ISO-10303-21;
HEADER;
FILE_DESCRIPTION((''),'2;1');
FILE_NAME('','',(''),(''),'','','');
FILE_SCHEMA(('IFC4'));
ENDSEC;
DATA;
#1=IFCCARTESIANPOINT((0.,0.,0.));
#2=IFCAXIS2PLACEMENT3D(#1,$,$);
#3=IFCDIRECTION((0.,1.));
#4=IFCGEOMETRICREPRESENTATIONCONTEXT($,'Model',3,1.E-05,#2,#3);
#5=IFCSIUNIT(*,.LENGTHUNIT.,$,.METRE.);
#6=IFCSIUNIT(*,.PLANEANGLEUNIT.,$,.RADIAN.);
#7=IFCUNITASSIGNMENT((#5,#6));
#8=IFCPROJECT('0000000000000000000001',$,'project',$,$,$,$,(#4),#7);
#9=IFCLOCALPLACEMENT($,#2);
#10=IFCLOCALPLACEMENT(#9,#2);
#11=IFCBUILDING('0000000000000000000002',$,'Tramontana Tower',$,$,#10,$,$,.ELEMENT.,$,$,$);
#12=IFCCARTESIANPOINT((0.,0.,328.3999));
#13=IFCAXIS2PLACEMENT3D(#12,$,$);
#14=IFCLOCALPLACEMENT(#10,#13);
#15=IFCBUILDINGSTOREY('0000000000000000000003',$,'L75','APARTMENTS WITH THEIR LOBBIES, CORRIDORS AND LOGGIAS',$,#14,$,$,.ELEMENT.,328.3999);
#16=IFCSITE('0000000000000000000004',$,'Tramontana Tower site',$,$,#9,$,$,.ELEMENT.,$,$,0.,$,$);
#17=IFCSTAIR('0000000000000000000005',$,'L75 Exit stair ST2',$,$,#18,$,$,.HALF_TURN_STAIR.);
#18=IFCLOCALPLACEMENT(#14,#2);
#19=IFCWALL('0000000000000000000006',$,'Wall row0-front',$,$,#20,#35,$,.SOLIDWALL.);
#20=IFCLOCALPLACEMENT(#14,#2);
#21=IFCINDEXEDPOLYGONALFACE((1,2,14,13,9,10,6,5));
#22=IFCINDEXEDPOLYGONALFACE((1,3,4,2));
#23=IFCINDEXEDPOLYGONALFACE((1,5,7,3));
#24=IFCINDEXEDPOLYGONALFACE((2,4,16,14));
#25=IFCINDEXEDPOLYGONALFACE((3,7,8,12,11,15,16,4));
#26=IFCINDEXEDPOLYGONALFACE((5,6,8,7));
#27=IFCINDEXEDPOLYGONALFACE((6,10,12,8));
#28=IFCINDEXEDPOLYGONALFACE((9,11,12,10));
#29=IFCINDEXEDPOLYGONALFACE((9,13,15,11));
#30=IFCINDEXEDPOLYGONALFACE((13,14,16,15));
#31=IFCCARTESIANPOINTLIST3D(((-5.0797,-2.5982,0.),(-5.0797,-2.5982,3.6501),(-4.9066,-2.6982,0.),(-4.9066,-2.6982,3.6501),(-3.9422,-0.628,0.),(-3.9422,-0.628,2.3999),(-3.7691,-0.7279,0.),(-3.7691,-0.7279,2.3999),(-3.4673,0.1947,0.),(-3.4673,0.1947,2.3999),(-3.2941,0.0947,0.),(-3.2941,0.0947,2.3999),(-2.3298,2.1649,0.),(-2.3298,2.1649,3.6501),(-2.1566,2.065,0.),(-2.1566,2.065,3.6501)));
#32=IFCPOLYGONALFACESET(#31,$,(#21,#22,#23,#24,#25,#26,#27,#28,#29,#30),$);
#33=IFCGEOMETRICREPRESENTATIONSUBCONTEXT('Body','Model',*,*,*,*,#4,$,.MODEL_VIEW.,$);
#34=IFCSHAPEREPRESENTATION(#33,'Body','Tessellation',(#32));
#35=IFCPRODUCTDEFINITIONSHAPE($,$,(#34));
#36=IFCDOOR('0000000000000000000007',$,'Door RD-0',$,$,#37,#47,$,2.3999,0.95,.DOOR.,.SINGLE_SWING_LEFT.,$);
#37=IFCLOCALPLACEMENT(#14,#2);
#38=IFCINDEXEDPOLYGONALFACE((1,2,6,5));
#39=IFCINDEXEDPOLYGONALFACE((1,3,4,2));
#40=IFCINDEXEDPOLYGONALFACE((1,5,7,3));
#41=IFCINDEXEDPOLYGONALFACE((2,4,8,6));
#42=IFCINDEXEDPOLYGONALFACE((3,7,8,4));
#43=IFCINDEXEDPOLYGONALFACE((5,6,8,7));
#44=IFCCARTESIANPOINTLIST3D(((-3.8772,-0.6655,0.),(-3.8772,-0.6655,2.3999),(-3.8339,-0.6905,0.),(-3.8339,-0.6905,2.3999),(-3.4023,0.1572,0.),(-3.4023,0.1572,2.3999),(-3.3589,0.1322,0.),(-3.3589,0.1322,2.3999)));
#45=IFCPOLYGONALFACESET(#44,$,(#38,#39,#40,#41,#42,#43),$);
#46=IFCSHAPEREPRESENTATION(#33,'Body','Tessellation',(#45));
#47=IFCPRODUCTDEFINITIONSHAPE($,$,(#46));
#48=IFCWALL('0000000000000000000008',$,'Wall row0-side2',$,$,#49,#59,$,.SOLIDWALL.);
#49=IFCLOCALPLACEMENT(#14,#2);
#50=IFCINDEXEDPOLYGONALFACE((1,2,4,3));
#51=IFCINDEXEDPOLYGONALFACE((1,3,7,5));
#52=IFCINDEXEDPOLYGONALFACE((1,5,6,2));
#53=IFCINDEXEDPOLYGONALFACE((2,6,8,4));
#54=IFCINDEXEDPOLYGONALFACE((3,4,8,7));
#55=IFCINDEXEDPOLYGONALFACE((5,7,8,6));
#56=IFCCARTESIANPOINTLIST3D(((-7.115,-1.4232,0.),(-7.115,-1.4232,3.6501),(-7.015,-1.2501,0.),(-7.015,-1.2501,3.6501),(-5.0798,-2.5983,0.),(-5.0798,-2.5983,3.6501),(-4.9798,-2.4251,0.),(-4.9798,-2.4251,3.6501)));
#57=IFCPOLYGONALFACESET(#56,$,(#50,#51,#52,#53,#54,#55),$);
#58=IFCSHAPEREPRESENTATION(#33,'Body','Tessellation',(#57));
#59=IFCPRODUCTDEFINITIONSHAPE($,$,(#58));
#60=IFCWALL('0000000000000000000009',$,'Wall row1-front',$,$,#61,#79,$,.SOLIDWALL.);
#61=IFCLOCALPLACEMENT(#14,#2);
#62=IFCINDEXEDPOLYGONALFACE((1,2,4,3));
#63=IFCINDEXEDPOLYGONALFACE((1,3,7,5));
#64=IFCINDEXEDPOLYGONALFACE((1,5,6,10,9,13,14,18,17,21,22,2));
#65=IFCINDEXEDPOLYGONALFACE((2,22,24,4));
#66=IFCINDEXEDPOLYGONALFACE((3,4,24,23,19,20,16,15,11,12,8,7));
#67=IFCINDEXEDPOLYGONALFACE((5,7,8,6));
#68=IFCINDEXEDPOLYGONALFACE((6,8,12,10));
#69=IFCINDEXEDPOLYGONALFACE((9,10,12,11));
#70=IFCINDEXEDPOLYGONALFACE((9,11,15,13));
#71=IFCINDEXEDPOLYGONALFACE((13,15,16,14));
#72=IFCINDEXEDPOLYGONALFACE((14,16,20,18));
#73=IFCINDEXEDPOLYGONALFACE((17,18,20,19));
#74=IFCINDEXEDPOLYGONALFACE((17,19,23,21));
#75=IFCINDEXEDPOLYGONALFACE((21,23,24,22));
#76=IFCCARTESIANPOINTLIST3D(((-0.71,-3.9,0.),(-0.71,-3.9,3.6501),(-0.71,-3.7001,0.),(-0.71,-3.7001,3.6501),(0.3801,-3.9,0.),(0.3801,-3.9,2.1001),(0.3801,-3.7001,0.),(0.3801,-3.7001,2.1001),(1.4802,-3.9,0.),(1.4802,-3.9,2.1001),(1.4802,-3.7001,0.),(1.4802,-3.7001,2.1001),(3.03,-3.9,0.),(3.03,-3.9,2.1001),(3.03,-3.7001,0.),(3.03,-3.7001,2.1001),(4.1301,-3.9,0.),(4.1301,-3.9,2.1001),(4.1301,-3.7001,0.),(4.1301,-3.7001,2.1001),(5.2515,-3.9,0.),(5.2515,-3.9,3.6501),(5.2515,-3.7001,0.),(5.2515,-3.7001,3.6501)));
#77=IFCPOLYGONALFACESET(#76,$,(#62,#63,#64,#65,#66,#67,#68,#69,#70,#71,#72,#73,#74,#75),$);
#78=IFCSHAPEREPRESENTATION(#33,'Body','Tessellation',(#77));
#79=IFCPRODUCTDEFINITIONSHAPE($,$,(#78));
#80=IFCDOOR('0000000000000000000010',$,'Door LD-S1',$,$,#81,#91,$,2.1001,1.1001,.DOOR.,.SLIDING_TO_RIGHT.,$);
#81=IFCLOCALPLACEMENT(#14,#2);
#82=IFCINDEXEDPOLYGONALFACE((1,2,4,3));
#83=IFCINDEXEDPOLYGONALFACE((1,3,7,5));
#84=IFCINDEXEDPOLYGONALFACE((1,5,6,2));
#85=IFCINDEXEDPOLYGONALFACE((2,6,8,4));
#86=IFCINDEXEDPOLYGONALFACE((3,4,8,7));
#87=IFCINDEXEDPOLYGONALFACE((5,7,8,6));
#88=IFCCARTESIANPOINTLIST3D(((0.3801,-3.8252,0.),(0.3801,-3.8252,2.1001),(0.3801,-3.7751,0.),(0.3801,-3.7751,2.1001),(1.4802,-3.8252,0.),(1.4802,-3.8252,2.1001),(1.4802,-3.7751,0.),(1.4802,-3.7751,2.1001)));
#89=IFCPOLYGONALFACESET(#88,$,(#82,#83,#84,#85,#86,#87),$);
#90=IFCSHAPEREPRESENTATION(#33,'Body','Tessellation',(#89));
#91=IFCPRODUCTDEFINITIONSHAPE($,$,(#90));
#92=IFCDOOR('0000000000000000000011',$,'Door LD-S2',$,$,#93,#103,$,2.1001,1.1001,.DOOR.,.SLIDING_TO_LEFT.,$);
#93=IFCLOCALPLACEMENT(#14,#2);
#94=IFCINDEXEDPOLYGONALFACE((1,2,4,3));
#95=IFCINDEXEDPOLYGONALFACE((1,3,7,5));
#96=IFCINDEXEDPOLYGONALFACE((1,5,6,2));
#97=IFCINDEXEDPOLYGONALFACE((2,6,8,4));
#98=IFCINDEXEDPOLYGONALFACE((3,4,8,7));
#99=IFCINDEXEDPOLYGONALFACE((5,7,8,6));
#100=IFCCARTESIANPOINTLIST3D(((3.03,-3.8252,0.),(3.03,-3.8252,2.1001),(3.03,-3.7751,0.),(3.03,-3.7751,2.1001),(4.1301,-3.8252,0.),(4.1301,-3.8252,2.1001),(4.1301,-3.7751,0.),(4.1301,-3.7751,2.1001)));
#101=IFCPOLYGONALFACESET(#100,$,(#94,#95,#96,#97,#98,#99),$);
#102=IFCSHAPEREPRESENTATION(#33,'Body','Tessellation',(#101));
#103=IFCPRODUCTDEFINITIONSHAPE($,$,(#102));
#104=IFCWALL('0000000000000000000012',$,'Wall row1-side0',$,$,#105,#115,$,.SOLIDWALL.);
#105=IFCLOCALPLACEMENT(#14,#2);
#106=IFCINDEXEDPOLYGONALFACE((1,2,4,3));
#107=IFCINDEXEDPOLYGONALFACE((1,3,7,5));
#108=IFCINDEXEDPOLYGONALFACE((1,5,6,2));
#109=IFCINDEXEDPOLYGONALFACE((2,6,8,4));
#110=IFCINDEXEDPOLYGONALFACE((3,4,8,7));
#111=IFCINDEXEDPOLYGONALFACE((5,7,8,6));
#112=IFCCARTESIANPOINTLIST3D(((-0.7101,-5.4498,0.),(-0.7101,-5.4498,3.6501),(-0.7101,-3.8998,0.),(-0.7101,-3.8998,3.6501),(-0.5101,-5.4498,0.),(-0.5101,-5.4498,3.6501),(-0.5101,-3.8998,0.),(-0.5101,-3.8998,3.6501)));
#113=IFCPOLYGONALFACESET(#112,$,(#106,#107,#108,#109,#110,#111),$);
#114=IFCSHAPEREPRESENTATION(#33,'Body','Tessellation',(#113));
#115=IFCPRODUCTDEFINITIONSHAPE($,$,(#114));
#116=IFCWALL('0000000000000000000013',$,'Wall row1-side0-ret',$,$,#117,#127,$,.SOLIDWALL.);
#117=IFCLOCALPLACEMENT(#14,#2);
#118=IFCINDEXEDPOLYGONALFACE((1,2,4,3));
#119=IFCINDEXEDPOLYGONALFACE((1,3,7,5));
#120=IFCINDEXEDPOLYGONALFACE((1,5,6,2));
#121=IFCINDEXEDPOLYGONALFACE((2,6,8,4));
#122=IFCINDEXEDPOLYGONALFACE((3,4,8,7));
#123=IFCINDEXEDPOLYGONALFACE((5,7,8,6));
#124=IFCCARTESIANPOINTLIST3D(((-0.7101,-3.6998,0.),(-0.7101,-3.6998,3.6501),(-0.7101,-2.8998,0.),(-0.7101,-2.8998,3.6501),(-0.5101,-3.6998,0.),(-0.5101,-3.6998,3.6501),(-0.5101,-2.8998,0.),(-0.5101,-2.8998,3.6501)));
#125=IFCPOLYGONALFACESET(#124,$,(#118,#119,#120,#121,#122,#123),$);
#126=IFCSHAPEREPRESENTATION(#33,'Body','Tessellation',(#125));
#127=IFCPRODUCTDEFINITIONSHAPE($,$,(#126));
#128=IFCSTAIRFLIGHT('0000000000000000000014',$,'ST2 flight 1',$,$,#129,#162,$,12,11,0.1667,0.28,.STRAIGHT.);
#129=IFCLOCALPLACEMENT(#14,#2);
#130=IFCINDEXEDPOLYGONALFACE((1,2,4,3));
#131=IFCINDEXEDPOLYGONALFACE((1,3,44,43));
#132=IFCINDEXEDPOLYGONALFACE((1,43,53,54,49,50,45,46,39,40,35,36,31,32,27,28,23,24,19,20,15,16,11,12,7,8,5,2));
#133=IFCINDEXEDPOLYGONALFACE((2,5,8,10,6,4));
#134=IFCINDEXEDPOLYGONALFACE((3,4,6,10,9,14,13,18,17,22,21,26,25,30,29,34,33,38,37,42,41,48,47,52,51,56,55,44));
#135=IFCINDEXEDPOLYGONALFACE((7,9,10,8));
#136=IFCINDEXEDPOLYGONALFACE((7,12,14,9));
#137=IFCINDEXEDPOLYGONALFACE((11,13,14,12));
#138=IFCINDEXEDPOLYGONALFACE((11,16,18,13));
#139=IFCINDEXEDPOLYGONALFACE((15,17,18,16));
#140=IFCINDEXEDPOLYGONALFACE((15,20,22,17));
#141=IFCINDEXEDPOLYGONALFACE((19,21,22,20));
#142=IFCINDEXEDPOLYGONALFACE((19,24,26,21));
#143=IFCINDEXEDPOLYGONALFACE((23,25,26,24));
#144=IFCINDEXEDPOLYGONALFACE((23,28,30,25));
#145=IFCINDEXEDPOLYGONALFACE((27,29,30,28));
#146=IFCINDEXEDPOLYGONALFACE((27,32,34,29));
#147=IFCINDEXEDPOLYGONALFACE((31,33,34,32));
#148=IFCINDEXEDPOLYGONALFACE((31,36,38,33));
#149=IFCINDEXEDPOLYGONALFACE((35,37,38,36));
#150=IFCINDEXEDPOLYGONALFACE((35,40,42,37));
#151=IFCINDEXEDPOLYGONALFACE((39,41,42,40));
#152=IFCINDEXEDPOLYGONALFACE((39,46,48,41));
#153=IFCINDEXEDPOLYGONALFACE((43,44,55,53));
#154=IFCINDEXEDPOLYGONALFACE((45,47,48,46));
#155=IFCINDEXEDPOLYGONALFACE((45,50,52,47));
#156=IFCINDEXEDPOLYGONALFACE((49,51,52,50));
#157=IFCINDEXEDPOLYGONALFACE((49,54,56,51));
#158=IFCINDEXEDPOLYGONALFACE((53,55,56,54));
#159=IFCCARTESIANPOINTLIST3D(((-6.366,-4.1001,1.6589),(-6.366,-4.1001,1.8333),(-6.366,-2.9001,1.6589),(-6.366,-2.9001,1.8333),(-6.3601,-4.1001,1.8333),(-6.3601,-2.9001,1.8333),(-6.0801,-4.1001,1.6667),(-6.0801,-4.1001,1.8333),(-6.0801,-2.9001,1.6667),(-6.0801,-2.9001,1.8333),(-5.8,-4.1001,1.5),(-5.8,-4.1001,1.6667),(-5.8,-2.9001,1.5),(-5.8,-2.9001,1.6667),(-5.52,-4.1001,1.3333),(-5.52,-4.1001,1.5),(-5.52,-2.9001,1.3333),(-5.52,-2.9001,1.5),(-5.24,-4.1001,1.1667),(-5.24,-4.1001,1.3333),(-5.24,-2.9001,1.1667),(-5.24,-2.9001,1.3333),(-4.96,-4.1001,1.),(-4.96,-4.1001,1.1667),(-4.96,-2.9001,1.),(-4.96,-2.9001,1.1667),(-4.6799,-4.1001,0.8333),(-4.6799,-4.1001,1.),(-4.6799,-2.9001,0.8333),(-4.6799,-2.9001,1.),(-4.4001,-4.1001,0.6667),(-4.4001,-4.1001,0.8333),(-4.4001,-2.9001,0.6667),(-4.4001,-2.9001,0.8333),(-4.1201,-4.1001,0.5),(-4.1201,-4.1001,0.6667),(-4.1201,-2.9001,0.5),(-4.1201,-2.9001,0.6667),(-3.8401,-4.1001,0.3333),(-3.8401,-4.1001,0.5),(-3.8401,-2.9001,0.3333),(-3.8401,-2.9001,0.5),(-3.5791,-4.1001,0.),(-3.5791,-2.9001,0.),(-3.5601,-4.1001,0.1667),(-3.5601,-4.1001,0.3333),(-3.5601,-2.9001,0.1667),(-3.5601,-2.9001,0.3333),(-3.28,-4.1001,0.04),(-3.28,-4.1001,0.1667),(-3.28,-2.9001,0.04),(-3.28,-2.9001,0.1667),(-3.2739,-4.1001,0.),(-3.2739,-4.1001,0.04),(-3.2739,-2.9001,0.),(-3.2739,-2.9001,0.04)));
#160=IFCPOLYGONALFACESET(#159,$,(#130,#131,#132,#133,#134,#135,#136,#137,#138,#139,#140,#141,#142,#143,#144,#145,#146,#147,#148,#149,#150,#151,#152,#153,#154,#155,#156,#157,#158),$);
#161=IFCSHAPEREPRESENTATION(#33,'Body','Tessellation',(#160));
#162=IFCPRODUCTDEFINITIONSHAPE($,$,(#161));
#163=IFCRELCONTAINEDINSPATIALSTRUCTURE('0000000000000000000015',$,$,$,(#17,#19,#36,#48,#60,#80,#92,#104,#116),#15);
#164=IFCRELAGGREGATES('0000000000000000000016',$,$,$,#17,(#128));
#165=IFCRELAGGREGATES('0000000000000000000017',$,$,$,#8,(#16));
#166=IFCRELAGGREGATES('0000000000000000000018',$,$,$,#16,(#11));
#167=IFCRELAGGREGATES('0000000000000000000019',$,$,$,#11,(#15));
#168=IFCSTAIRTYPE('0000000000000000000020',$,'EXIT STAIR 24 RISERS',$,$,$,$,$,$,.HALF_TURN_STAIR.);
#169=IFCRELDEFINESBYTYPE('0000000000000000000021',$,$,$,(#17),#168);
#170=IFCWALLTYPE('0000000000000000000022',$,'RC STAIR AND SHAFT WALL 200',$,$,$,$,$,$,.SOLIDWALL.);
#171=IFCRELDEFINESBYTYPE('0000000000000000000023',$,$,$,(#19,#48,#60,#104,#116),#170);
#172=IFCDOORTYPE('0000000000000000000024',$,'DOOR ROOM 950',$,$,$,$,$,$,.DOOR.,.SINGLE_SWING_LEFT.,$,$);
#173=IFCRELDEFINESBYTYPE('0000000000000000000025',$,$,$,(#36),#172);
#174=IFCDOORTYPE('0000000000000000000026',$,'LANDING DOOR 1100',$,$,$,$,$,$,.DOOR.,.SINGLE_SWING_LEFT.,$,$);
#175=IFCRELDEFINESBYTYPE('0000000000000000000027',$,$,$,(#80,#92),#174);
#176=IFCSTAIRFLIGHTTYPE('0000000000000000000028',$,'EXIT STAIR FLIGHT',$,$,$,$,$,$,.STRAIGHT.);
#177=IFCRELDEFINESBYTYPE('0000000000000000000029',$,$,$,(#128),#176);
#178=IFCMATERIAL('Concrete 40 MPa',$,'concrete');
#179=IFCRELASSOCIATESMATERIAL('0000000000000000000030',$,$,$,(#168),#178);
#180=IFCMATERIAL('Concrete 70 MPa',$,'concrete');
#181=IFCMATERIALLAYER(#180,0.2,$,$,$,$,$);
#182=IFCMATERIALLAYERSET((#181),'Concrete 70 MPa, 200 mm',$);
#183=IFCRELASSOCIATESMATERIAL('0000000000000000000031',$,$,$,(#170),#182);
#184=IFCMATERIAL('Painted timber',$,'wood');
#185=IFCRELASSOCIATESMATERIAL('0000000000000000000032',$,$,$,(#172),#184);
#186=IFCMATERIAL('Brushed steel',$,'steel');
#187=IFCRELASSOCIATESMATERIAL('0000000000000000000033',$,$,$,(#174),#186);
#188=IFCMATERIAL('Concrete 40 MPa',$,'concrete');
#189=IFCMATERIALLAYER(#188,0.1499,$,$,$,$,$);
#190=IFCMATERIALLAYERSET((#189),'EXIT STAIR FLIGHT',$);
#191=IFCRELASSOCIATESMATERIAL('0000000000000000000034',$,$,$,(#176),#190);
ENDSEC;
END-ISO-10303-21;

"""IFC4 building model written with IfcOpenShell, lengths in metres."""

from ifc_helpers import new_model, si_unit, direction, frame, frame_2d, origin, place, context, subcontext, project, spatial, polyline, rectangle, outline, extrude, material, layer, layer_set, type_object, element, fill, aggregate, save


model = new_model("IFC4")

# Units and contexts
model_context = context("Model", 3, precision=1e-05, world=origin(), true_north=direction((0.0, 1.0)))
body_context = subcontext(model_context, "Body", "Model", "MODEL_VIEW")
ifc_project = project(units=[si_unit("LENGTHUNIT", "METRE"), si_unit("PLANEANGLEUNIT", "RADIAN")], contexts=[model_context])

# Site, building, storey
site_placement = place(None, origin())
site = spatial("IfcSite", under=ifc_project, at=site_placement, Name="Tramontana Tower site", CompositionType="ELEMENT", RefElevation=0.0)
building_placement = place(site_placement, origin())
building = spatial("IfcBuilding", under=site, at=building_placement, Name="Tramontana Tower", CompositionType="ELEMENT")
storey_placement = place(building_placement, frame((0.0, 0.0, 328.3999)))
storey = spatial("IfcBuildingStorey", under=building, at=storey_placement, Name="L75", Description="APARTMENTS WITH THEIR LOBBIES, CORRIDORS AND LOGGIAS", CompositionType="ELEMENT", Elevation=328.3999)

# Stair
ifc_material_1 = material(Name="Concrete 40 MPa", Category="concrete")
stair_type = type_object("IfcStairType", Name="EXIT STAIR 24 RISERS", PredefinedType="HALF_TURN_STAIR", material=ifc_material_1)
stair_1_placement = place(storey_placement, origin())
stair_1 = element("IfcStair", 1, at=stair_1_placement, inside=storey, type_object=stair_type, Name="L75 Exit stair ST2", PredefinedType="HALF_TURN_STAIR")

# Wall, opening, door
ifc_material_2 = material(Name="Concrete 70 MPa", Category="concrete")
ifc_layer_1 = layer(ifc_material_2, 0.2)
ifc_layer_set_1 = layer_set([ifc_layer_1], Name="Concrete 70 MPa, 200 mm")
wall_type_1 = type_object("IfcWallType", Name="RC STAIR AND SHAFT WALL 200", PredefinedType="SOLIDWALL", material=ifc_layer_set_1)
wall_1_placement = place(storey_placement, frame((-4.9932, -2.6482, 0.0), z_axis=(0.0, 0.0, 1.0), x_axis=(0.499997, 0.866027, 0.0)))
wall_1 = element("IfcWall", 2, at=wall_1_placement, inside=storey, type_object=wall_type_1, Name="Wall row0-front", PredefinedType="SOLIDWALL", context=body_context, shape_type="SweptSolid", body=[
    extrude(rectangle(XDim=5.5, YDim=0.2, at=frame_2d((2.75, 0.0))), origin(), (0.0, 0.0, 1.0), 3.6501),
])
opening_1_placement = place(wall_1_placement, frame((2.2749, 0.0, 0.0)))
opening_1 = element("IfcOpeningElement", 3, at=opening_1_placement, cuts=wall_1, PredefinedType="OPENING", context=body_context, shape_type="SweptSolid", body=[
    extrude(rectangle(XDim=0.95, YDim=2.3999, at=frame_2d((0.4751, 1.2))), frame((0.0, 0.1099, 0.0), z_axis=(0.0, -1.0, 0.0), x_axis=(1.0, 0.0, 0.0)), (0.0, 0.0, 1.0), 0.22),
])
ifc_material_3 = material(Name="Painted timber", Category="wood")
door_type_1 = type_object("IfcDoorType", Name="DOOR ROOM 950", OperationType="SINGLE_SWING_LEFT", PredefinedType="DOOR", material=ifc_material_3)
door_1_placement = place(opening_1_placement, origin())
door_1 = element("IfcDoor", 4, at=door_1_placement, inside=storey, type_object=door_type_1, Name="Door RD-0", OperationType="SINGLE_SWING_LEFT", OverallHeight=2.3999, OverallWidth=0.95, PredefinedType="DOOR", context=body_context, shape_type="SweptSolid", body=[
    extrude(rectangle(XDim=0.95, YDim=2.3999, at=frame_2d((0.4751, 1.2))), frame((0.0, 0.0249, 0.0), z_axis=(0.0, -1.0, 0.0), x_axis=(1.0, 0.0, 0.0)), (0.0, 0.0, 1.0), 0.05),
])
fill(opening_1, door_1)

# Wall
wall_2_placement = place(storey_placement, frame((-5.0298, -2.5117, 0.0), z_axis=(0.0, 0.0, 1.0), x_axis=(-0.866016, 0.500016, 0.0)))
element("IfcWall", 5, at=wall_2_placement, inside=storey, type_object=wall_type_1, Name="Wall row0-side2", PredefinedType="SOLIDWALL", context=body_context, shape_type="SweptSolid", body=[
    extrude(rectangle(XDim=2.3501, YDim=0.2, at=frame_2d((1.175, 0.0))), origin(), (0.0, 0.0, 1.0), 3.6501),
])

# Wall, openings, doors
wall_3_placement = place(storey_placement, frame((-0.71, -3.8, 0.0), z_axis=(0.0, 0.0, 1.0), x_axis=(1.0, 0.0, 0.0)))
wall_3 = element("IfcWall", 6, at=wall_3_placement, inside=storey, type_object=wall_type_1, Name="Wall row1-front", PredefinedType="SOLIDWALL", context=body_context, shape_type="SweptSolid", body=[
    extrude(rectangle(XDim=5.9614, YDim=0.2, at=frame_2d((2.9807, 0.0))), origin(), (0.0, 0.0, 1.0), 3.6501),
])
opening_2_placement = place(wall_3_placement, frame((1.0901, 0.0, 0.0)))
opening_2 = element("IfcOpeningElement", 7, at=opening_2_placement, cuts=wall_3, PredefinedType="OPENING", context=body_context, shape_type="SweptSolid", body=[
    extrude(rectangle(XDim=1.1001, YDim=2.1001, at=frame_2d((0.55, 1.05))), frame((0.0, 0.1099, 0.0), z_axis=(0.0, -1.0, 0.0), x_axis=(1.0, 0.0, 0.0)), (0.0, 0.0, 1.0), 0.22),
])
opening_3_placement = place(wall_3_placement, frame((3.74, 0.0, 0.0)))
opening_3 = element("IfcOpeningElement", 8, at=opening_3_placement, cuts=wall_3, PredefinedType="OPENING", context=body_context, shape_type="SweptSolid", body=[
    extrude(rectangle(XDim=1.1001, YDim=2.1001, at=frame_2d((0.55, 1.05))), frame((0.0, 0.1099, 0.0), z_axis=(0.0, -1.0, 0.0), x_axis=(1.0, 0.0, 0.0)), (0.0, 0.0, 1.0), 0.22),
])
ifc_material_4 = material(Name="Brushed steel", Category="steel")
door_type_2 = type_object("IfcDoorType", Name="LANDING DOOR 1100", OperationType="SINGLE_SWING_LEFT", PredefinedType="DOOR", material=ifc_material_4)
door_2_placement = place(opening_2_placement, origin())
door_2 = element("IfcDoor", 9, at=door_2_placement, inside=storey, type_object=door_type_2, Name="Door LD-S1", OperationType="SLIDING_TO_RIGHT", OverallHeight=2.1001, OverallWidth=1.1001, PredefinedType="DOOR", context=body_context, shape_type="SweptSolid", body=[
    extrude(rectangle(XDim=1.1001, YDim=2.1001, at=frame_2d((0.55, 1.05))), frame((0.0, 0.0249, 0.0), z_axis=(0.0, -1.0, 0.0), x_axis=(1.0, 0.0, 0.0)), (0.0, 0.0, 1.0), 0.05),
])
fill(opening_2, door_2)
door_3_placement = place(opening_3_placement, origin())
door_3 = element("IfcDoor", 10, at=door_3_placement, inside=storey, type_object=door_type_2, Name="Door LD-S2", OperationType="SLIDING_TO_LEFT", OverallHeight=2.1001, OverallWidth=1.1001, PredefinedType="DOOR", context=body_context, shape_type="SweptSolid", body=[
    extrude(rectangle(XDim=1.1001, YDim=2.1001, at=frame_2d((0.55, 1.05))), frame((0.0, 0.0249, 0.0), z_axis=(0.0, -1.0, 0.0), x_axis=(1.0, 0.0, 0.0)), (0.0, 0.0, 1.0), 0.05),
])
fill(opening_3, door_3)

# Walls
wall_4_placement = place(storey_placement, frame((-0.6101, -3.8999, 0.0), z_axis=(0.0, 0.0, 1.0), x_axis=(0.0, -1.0, 0.0)))
element("IfcWall", 11, at=wall_4_placement, inside=storey, type_object=wall_type_1, Name="Wall row1-side0", PredefinedType="SOLIDWALL", context=body_context, shape_type="SweptSolid", body=[
    extrude(rectangle(XDim=1.55, YDim=0.2, at=frame_2d((0.7749, 0.0))), origin(), (0.0, 0.0, 1.0), 3.6501),
])
wall_5_placement = place(storey_placement, frame((-0.6101, -2.8999, 0.0), z_axis=(0.0, 0.0, 1.0), x_axis=(0.0, -1.0, 0.0)))
element("IfcWall", 12, at=wall_5_placement, inside=storey, type_object=wall_type_1, Name="Wall row1-side0-ret", PredefinedType="SOLIDWALL", context=body_context, shape_type="SweptSolid", body=[
    extrude(rectangle(XDim=0.8, YDim=0.2, at=frame_2d((0.3999, 0.0))), origin(), (0.0, 0.0, 1.0), 3.6501),
])

# Stair flight
ifc_material_5 = material(Name="Concrete 40 MPa", Category="concrete")
ifc_layer_2 = layer(ifc_material_5, 0.1499)
ifc_layer_set_2 = layer_set([ifc_layer_2], Name="EXIT STAIR FLIGHT")
stair_flight_type = type_object("IfcStairFlightType", Name="EXIT STAIR FLIGHT", PredefinedType="STRAIGHT", material=ifc_layer_set_2)
stair_flight_1_placement = place(storey_placement, frame((-3.28, -3.5, 0.0), z_axis=(0.0, 0.0, 1.0), x_axis=(-1.0, 0.0, 0.0)))
stair_flight_1 = element("IfcStairFlight", 13, at=stair_flight_1_placement, type_object=stair_flight_type, Name="ST2 flight 1", NumberOfRisers=12, NumberOfTreads=11, PredefinedType="STRAIGHT", RiserHeight=0.1667, TreadLength=0.28, context=body_context, shape_type="SweptSolid", body=[
    extrude(outline(polyline([(-0.0061, 0.0), (-0.0061, 0.04), (0.0, 0.04), (0.0, 0.1667), (0.28, 0.1667), (0.28, 0.3333), (0.5601, 0.3333), (0.5601, 0.5), (0.8401, 0.5), (0.8401, 0.6667), (1.1201, 0.6667), (1.1201, 0.8333), (1.3999, 0.8333), (1.3999, 1.0), (1.6799, 1.0), (1.6799, 1.1667), (1.96, 1.1667), (1.96, 1.3333), (2.24, 1.3333), (2.24, 1.5), (2.52, 1.5), (2.52, 1.6667), (2.8, 1.6667), (2.8, 1.8333), (3.0801, 1.8333), (3.0859, 1.8333), (3.0859, 1.6589), (0.2991, 0.0), (-0.0061, 0.0)])), frame((0.0, 0.6001, 0.0), z_axis=(0.0, -1.0, 0.0), x_axis=(1.0, 0.0, 0.0)), (0.0, 0.0, 1.0), 1.2),
])
aggregate(stair_1, [stair_flight_1])

save(model, "model.ifc")
